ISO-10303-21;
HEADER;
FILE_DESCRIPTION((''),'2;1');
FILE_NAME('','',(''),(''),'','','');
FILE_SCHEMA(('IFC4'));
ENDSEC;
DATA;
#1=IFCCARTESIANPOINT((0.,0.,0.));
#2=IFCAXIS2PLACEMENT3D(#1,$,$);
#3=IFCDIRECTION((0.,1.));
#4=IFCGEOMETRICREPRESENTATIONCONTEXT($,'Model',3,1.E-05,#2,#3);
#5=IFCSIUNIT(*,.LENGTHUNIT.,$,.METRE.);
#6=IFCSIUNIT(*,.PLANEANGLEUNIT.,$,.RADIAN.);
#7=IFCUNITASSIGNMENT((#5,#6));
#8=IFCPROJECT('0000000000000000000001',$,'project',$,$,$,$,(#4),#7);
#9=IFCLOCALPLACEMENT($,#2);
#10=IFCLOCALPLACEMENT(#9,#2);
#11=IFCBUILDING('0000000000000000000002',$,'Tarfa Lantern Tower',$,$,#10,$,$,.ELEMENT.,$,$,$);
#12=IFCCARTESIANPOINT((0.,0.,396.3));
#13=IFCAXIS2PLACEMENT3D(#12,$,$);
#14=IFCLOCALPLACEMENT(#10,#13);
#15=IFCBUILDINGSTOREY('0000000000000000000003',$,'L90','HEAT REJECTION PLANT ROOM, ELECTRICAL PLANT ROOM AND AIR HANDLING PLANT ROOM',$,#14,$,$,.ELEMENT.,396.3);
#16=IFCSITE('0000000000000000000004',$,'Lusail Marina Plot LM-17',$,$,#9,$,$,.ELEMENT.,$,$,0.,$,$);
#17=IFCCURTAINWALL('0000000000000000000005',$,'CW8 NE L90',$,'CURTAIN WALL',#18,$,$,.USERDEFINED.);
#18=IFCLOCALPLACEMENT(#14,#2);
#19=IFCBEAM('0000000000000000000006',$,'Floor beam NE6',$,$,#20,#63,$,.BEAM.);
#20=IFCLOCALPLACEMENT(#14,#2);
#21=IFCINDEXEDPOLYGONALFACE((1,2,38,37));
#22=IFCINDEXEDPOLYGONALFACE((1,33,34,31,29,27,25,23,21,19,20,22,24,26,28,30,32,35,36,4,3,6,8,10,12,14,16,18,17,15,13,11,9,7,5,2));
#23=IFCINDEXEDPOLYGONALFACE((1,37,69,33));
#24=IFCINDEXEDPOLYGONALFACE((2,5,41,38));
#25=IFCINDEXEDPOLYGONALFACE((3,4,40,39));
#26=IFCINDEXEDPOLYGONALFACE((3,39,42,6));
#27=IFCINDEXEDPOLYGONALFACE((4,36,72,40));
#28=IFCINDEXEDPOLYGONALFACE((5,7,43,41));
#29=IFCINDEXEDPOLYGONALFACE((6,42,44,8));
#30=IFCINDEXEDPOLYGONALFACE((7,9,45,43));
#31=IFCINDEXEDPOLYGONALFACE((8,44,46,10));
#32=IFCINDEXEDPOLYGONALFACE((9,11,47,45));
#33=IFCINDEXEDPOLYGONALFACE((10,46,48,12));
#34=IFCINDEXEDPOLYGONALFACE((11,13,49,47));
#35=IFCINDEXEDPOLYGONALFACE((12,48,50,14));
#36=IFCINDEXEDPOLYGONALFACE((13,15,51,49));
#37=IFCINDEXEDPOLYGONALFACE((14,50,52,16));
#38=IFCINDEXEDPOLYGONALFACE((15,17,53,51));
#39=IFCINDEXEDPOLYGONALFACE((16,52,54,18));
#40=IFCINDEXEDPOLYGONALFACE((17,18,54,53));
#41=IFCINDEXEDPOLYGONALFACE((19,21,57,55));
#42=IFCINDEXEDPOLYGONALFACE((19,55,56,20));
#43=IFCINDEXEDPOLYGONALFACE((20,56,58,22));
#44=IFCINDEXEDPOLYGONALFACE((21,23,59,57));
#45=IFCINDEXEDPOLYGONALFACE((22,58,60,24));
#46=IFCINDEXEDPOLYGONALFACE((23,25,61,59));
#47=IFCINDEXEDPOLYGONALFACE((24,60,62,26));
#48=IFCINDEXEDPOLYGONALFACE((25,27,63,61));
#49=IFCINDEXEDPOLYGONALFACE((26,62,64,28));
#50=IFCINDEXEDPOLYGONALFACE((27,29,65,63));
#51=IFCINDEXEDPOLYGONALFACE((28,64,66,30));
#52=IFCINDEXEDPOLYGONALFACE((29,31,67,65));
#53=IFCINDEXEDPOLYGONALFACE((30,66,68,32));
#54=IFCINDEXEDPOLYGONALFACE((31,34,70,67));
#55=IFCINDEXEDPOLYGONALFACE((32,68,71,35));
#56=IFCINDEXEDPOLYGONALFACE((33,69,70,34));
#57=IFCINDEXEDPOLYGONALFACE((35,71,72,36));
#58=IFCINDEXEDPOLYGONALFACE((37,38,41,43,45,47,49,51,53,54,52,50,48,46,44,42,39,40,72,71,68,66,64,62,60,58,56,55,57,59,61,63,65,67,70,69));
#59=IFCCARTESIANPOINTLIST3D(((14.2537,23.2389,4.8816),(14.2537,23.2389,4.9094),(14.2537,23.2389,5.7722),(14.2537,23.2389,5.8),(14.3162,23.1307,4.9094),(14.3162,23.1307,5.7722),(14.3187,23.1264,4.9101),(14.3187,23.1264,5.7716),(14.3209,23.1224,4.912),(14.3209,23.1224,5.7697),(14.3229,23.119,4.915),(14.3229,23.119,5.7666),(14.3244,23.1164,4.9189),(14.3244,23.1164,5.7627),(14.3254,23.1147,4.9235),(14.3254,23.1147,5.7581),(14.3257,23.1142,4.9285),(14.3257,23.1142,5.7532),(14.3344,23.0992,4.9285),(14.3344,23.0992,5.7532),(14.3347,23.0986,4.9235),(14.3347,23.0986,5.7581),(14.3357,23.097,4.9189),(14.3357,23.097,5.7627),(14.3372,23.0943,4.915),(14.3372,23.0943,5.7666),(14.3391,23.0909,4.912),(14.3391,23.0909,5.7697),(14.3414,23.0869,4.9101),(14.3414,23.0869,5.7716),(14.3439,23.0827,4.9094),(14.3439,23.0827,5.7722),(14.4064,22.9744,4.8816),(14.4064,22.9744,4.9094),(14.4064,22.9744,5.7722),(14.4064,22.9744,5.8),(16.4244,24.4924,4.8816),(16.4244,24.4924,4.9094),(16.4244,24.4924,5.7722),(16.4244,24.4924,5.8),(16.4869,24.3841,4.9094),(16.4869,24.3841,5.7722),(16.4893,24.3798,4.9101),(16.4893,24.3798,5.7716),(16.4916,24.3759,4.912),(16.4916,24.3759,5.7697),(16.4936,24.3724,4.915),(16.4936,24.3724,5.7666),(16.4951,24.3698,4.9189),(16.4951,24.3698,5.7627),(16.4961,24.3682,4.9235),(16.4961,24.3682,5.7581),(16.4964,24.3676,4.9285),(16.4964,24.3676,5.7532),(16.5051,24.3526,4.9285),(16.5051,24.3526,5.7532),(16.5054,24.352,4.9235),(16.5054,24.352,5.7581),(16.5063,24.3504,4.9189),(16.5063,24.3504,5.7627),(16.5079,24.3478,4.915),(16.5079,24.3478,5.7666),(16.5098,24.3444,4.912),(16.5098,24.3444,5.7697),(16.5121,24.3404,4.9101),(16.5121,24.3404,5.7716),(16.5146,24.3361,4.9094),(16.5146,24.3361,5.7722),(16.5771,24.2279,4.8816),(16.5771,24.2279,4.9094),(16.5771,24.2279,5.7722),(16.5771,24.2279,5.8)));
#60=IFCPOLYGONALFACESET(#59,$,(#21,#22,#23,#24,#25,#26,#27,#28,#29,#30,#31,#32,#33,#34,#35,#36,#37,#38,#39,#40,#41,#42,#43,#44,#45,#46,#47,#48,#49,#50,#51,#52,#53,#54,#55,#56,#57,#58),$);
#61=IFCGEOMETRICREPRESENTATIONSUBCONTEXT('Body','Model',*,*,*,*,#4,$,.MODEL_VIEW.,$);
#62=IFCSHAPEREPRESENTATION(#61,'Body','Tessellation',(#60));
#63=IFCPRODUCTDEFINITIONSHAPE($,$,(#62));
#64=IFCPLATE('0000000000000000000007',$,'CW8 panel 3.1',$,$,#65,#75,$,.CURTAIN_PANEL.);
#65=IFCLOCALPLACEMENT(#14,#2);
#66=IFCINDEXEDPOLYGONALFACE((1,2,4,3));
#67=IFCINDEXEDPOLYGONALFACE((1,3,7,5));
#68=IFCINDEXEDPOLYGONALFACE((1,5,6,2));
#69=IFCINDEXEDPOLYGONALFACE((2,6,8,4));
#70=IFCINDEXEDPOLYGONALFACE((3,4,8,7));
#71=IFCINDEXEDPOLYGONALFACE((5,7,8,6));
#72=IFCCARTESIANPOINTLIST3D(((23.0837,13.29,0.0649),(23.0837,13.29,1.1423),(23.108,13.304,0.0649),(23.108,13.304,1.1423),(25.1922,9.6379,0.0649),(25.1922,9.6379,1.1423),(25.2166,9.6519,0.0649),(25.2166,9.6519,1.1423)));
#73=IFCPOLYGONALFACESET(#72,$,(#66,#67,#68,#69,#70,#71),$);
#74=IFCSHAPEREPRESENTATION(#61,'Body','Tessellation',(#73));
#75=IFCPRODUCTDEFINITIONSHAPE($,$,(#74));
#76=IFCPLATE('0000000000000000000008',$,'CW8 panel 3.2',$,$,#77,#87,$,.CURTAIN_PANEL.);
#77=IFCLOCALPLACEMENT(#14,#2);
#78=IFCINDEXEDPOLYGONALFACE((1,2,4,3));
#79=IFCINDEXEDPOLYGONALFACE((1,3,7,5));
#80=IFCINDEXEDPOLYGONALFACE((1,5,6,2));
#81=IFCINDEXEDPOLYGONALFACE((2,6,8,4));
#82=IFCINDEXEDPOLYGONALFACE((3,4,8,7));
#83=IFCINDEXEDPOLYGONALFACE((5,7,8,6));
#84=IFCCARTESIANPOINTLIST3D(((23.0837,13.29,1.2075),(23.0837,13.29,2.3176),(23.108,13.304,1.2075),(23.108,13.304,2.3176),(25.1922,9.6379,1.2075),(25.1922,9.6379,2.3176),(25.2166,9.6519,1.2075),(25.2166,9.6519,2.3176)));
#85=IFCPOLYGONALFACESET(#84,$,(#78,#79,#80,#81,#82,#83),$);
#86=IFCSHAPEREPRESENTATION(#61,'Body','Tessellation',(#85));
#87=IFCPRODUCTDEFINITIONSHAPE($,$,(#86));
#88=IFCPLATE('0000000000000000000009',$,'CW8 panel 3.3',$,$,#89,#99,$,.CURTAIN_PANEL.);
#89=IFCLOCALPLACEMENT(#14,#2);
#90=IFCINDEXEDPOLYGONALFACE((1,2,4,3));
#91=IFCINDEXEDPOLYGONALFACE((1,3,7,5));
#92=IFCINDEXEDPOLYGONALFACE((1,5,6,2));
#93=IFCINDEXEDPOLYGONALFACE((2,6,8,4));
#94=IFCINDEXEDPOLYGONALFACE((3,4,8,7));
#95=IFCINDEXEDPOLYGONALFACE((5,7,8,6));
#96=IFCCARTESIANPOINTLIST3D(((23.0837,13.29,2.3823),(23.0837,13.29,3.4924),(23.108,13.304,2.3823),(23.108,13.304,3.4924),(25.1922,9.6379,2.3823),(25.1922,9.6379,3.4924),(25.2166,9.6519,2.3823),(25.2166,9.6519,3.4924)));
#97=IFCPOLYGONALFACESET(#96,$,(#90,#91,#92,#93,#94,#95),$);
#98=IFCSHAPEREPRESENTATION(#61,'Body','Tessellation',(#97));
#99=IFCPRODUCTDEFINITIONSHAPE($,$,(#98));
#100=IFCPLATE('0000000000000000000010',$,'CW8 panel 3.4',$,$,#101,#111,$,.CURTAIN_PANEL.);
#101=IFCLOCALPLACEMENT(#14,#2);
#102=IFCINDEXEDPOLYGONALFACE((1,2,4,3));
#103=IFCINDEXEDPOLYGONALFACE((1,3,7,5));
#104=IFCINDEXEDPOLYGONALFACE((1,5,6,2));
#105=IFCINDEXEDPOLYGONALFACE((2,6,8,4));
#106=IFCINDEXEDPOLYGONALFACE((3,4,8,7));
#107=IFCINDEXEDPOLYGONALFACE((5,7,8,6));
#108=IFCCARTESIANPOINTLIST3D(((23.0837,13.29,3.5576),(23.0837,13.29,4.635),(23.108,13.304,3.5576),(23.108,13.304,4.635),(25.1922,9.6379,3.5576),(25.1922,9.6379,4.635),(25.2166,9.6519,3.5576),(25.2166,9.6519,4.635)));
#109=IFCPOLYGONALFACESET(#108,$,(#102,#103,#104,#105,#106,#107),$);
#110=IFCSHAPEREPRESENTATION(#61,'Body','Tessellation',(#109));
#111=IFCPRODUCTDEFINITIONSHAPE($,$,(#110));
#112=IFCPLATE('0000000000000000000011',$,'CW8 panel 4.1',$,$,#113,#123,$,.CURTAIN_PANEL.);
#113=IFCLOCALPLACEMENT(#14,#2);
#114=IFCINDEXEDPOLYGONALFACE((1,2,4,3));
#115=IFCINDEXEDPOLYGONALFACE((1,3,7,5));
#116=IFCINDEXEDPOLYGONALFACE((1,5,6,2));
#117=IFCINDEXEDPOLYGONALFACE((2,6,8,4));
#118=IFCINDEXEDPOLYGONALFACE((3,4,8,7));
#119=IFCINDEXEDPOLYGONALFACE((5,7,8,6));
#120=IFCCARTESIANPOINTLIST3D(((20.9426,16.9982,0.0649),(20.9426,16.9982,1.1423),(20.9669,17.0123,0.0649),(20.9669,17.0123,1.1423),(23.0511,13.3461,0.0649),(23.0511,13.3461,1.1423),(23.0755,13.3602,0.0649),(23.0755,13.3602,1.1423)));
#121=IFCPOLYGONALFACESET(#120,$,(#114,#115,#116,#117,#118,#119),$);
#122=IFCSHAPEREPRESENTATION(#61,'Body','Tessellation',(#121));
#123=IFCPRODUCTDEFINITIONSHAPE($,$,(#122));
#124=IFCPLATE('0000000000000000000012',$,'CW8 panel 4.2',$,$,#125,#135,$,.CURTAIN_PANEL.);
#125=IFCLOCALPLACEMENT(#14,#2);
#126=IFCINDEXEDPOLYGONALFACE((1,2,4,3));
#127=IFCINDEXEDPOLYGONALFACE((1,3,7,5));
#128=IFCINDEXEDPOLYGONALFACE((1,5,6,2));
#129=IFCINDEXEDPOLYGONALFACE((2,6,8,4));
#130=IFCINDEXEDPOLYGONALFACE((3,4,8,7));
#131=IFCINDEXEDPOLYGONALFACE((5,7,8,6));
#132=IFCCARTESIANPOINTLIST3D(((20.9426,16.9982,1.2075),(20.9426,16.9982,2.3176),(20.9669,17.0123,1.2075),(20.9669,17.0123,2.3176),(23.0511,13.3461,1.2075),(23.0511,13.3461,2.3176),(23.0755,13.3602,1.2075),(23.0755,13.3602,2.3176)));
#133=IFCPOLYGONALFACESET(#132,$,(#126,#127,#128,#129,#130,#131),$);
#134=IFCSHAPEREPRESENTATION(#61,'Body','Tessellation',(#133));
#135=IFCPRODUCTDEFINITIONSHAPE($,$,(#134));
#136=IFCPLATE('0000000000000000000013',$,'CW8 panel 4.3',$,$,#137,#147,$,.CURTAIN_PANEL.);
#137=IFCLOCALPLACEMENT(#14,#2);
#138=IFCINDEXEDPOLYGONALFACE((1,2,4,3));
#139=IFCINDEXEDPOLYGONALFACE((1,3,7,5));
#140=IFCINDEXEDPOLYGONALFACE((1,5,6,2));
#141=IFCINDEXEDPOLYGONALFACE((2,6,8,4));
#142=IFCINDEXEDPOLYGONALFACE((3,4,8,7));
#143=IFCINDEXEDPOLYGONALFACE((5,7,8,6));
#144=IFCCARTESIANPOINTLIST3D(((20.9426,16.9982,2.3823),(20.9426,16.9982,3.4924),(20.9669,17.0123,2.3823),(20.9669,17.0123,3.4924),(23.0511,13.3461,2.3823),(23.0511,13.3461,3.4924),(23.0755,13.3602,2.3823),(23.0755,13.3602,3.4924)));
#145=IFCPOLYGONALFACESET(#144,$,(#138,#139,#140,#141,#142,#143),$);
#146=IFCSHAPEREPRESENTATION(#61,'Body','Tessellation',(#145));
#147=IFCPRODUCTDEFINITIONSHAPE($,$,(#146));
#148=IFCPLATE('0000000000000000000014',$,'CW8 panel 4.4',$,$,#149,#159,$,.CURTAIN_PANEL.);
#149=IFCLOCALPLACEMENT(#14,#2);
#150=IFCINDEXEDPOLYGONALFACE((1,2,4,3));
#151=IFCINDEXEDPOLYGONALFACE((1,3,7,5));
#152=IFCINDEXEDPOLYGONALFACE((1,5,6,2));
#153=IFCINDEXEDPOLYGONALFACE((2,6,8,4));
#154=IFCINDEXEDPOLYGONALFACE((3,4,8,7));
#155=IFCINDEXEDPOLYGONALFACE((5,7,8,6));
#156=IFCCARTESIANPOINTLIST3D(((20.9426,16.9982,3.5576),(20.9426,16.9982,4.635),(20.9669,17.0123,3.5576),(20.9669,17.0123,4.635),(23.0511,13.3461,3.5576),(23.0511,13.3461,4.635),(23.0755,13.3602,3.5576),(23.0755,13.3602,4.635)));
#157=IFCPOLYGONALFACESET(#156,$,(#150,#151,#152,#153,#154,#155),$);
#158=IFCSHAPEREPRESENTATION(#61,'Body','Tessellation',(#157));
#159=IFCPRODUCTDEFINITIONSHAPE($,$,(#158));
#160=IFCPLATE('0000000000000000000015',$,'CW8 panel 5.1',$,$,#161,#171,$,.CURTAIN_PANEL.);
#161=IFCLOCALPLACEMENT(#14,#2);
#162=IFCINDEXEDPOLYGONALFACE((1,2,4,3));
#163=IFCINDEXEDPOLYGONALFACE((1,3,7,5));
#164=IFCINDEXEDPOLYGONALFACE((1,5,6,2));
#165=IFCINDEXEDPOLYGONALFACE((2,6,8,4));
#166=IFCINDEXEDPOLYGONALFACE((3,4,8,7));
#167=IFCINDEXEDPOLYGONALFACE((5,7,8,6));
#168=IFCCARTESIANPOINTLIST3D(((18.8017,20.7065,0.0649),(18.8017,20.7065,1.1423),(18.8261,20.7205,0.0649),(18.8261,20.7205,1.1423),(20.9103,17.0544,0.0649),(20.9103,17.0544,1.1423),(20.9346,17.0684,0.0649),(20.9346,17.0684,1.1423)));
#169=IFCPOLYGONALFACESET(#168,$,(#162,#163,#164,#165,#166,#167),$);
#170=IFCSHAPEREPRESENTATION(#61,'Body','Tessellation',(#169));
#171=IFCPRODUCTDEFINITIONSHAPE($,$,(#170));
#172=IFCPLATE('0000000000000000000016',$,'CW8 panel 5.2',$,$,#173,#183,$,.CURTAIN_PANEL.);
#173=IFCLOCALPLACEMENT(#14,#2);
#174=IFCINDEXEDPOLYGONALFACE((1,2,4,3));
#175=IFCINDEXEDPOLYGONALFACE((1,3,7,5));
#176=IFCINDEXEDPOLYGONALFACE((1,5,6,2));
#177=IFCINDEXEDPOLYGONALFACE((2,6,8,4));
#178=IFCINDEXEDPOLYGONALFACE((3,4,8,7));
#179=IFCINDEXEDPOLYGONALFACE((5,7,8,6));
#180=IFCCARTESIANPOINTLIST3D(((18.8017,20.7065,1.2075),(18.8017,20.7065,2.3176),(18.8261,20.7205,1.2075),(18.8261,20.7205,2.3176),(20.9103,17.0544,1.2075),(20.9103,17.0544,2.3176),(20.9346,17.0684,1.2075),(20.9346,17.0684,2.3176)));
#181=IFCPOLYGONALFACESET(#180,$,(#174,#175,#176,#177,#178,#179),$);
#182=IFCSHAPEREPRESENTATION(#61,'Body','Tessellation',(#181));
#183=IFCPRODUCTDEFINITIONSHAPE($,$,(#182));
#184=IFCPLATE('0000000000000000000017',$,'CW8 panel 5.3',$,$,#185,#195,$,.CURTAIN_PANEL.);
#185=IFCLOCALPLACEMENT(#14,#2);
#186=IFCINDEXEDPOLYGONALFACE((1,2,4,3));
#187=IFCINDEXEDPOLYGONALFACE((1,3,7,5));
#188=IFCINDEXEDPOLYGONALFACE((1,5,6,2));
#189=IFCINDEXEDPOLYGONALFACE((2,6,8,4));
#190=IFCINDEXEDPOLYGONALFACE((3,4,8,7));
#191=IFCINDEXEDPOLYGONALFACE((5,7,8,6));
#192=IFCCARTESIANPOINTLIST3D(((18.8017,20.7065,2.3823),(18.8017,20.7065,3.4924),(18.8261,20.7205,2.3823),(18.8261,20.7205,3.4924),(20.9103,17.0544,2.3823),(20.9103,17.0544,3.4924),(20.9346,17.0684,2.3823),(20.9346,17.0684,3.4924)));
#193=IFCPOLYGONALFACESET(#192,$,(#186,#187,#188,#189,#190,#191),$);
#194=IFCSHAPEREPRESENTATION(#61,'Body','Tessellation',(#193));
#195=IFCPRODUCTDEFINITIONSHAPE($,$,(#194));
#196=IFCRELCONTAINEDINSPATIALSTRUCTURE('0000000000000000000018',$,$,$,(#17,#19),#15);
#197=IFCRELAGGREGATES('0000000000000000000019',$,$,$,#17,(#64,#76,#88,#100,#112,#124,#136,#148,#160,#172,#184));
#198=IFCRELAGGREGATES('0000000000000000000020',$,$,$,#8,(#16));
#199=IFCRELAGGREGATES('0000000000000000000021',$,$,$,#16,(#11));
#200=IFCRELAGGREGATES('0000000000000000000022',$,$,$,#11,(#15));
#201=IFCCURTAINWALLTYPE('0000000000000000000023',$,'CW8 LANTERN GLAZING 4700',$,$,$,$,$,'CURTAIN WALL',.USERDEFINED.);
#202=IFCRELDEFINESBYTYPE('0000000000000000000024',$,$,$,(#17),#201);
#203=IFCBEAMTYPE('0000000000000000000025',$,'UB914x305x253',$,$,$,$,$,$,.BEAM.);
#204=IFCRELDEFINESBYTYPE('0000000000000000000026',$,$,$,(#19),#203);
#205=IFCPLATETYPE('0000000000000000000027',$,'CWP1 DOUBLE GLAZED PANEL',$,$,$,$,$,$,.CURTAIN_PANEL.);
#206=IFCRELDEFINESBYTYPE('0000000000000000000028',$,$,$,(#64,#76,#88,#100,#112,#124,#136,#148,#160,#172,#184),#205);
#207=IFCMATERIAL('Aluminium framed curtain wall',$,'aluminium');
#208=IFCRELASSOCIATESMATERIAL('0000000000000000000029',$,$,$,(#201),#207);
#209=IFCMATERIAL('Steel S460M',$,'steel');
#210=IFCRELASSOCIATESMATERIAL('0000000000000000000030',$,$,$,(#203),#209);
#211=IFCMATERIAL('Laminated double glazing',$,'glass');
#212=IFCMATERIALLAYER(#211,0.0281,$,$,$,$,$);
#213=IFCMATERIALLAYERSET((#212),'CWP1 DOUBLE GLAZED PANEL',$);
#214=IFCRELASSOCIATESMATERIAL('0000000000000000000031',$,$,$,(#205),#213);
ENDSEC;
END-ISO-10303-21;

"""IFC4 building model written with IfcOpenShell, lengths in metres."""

from ifc_helpers import new_model, si_unit, direction, frame, origin, origin_2d, place, context, subcontext, project, spatial, rectangle, i_section, extrude, material, layer, layer_set, material_profile, profile_set, type_object, element, aggregate, save


model = new_model("IFC4")

# Units and contexts
model_context = context("Model", 3, precision=1e-05, world=origin(), true_north=direction((0.0, 1.0)))
body_context = subcontext(model_context, "Body", "Model", "MODEL_VIEW")
ifc_project = project(units=[si_unit("LENGTHUNIT", "METRE"), si_unit("PLANEANGLEUNIT", "RADIAN")], contexts=[model_context])

# Site, building, storey
site_placement = place(None, origin())
site = spatial("IfcSite", under=ifc_project, at=site_placement, Name="Lusail Marina Plot LM-17", CompositionType="ELEMENT", RefElevation=0.0)
building_placement = place(site_placement, origin())
building = spatial("IfcBuilding", under=site, at=building_placement, Name="Tarfa Lantern Tower", CompositionType="ELEMENT")
storey_placement = place(building_placement, frame((0.0, 0.0, 396.3)))
storey = spatial("IfcBuildingStorey", under=building, at=storey_placement, Name="L90", Description="HEAT REJECTION PLANT ROOM, ELECTRICAL PLANT ROOM AND AIR HANDLING PLANT ROOM", CompositionType="ELEMENT", Elevation=396.3)

# Shared definitions
ifc_material_1 = material(Name="Aluminium framed curtain wall", Category="aluminium")
curtain_wall_type = type_object("IfcCurtainWallType", Name="CW8 LANTERN GLAZING 4700", ElementType="CURTAIN WALL", PredefinedType="USERDEFINED", material=ifc_material_1)

# Curtain wall
curtain_wall_1_placement = place(storey_placement, origin())
curtain_wall_1 = element("IfcCurtainWall", 1, at=curtain_wall_1_placement, inside=storey, type_object=curtain_wall_type, Name="CW8 NE L90", ObjectType="CURTAIN WALL", PredefinedType="USERDEFINED")

# Beam
ifc_material_2 = material(Name="Steel S460M", Category="steel")
ifc_material_profile_1 = material_profile(ifc_material_2, i_section(OverallWidth=0.3054, OverallDepth=0.9185, WebThickness=0.0173, FlangeThickness=0.0278, FilletRadius=0.019, at=origin_2d()), Name="UB914x305x253")
ifc_profile_set_1 = profile_set([ifc_material_profile_1], Name="Steel S460M")
beam_type_1 = type_object("IfcBeamType", Name="UB914x305x253", PredefinedType="BEAM", material=ifc_profile_set_1)
beam_1_placement = place(storey_placement, frame((16.5007, 24.3601, 5.3408), z_axis=(-0.865993, -0.500057, 0.0), x_axis=(0.500057, -0.865993, 0.0)))
element("IfcBeam", 2, at=beam_1_placement, inside=storey, type_object=beam_type_1, Name="Floor beam NE6", PredefinedType="BEAM", context=body_context, shape_type="SweptSolid", body=[
    extrude(i_section(OverallWidth=0.3054, OverallDepth=0.9185, WebThickness=0.0173, FlangeThickness=0.0278, FilletRadius=0.019, at=origin_2d()), origin(), (0.0, 0.0, 1.0), 2.5066),
])

# Plates
ifc_material_3 = material(Name="Laminated double glazing", Category="glass")
ifc_layer = layer(ifc_material_3, 0.0281)
ifc_layer_set = layer_set([ifc_layer], Name="CWP1 DOUBLE GLAZED PANEL")
plate_type = type_object("IfcPlateType", Name="CWP1 DOUBLE GLAZED PANEL", PredefinedType="CURTAIN_PANEL", material=ifc_layer_set)
plate_1_placement = place(storey_placement, frame((24.1501, 11.4709, 0.0649), z_axis=(0.0, 0.0, 1.0), x_axis=(-0.5, 0.866025, 0.0)))
plate_1 = element("IfcPlate", 3, at=plate_1_placement, type_object=plate_type, Name="CW8 panel 3.1", PredefinedType="CURTAIN_PANEL", context=body_context, shape_type="SweptSolid", body=[
    extrude(rectangle(XDim=4.217, YDim=0.0281, at=origin_2d()), origin(), (0.0, 0.0, 1.0), 1.0774),
])
plate_2_placement = place(storey_placement, frame((24.1501, 11.4709, 1.2075), z_axis=(0.0, 0.0, 1.0), x_axis=(-0.5, 0.866025, 0.0)))
plate_2 = element("IfcPlate", 4, at=plate_2_placement, type_object=plate_type, Name="CW8 panel 3.2", PredefinedType="CURTAIN_PANEL", context=body_context, shape_type="SweptSolid", body=[
    extrude(rectangle(XDim=4.217, YDim=0.0281, at=origin_2d()), origin(), (0.0, 0.0, 1.0), 1.1101),
])
plate_3_placement = place(storey_placement, frame((24.1501, 11.4709, 2.3823), z_axis=(0.0, 0.0, 1.0), x_axis=(-0.5, 0.866025, 0.0)))
plate_3 = element("IfcPlate", 5, at=plate_3_placement, type_object=plate_type, Name="CW8 panel 3.3", PredefinedType="CURTAIN_PANEL", context=body_context, shape_type="SweptSolid", body=[
    extrude(rectangle(XDim=4.217, YDim=0.0281, at=origin_2d()), origin(), (0.0, 0.0, 1.0), 1.1101),
])
plate_4_placement = place(storey_placement, frame((24.1501, 11.4709, 3.5576), z_axis=(0.0, 0.0, 1.0), x_axis=(-0.5, 0.866025, 0.0)))
plate_4 = element("IfcPlate", 6, at=plate_4_placement, type_object=plate_type, Name="CW8 panel 3.4", PredefinedType="CURTAIN_PANEL", context=body_context, shape_type="SweptSolid", body=[
    extrude(rectangle(XDim=4.217, YDim=0.0281, at=origin_2d()), origin(), (0.0, 0.0, 1.0), 1.0774),
])
plate_5_placement = place(storey_placement, frame((22.009, 15.1792, 0.0649), z_axis=(0.0, 0.0, 1.0), x_axis=(-0.5, 0.866025, 0.0)))
plate_5 = element("IfcPlate", 7, at=plate_5_placement, type_object=plate_type, Name="CW8 panel 4.1", PredefinedType="CURTAIN_PANEL", context=body_context, shape_type="SweptSolid", body=[
    extrude(rectangle(XDim=4.217, YDim=0.0281, at=origin_2d()), origin(), (0.0, 0.0, 1.0), 1.0774),
])
plate_6_placement = place(storey_placement, frame((22.009, 15.1792, 1.2075), z_axis=(0.0, 0.0, 1.0), x_axis=(-0.5, 0.866025, 0.0)))
plate_6 = element("IfcPlate", 8, at=plate_6_placement, type_object=plate_type, Name="CW8 panel 4.2", PredefinedType="CURTAIN_PANEL", context=body_context, shape_type="SweptSolid", body=[
    extrude(rectangle(XDim=4.217, YDim=0.0281, at=origin_2d()), origin(), (0.0, 0.0, 1.0), 1.1101),
])
plate_7_placement = place(storey_placement, frame((22.009, 15.1792, 2.3823), z_axis=(0.0, 0.0, 1.0), x_axis=(-0.5, 0.866025, 0.0)))
plate_7 = element("IfcPlate", 9, at=plate_7_placement, type_object=plate_type, Name="CW8 panel 4.3", PredefinedType="CURTAIN_PANEL", context=body_context, shape_type="SweptSolid", body=[
    extrude(rectangle(XDim=4.217, YDim=0.0281, at=origin_2d()), origin(), (0.0, 0.0, 1.0), 1.1101),
])
plate_8_placement = place(storey_placement, frame((22.009, 15.1792, 3.5576), z_axis=(0.0, 0.0, 1.0), x_axis=(-0.5, 0.866025, 0.0)))
plate_8 = element("IfcPlate", 10, at=plate_8_placement, type_object=plate_type, Name="CW8 panel 4.4", PredefinedType="CURTAIN_PANEL", context=body_context, shape_type="SweptSolid", body=[
    extrude(rectangle(XDim=4.217, YDim=0.0281, at=origin_2d()), origin(), (0.0, 0.0, 1.0), 1.0774),
])
plate_9_placement = place(storey_placement, frame((19.8682, 18.8875, 0.0649), z_axis=(0.0, 0.0, 1.0), x_axis=(-0.5, 0.866025, 0.0)))
plate_9 = element("IfcPlate", 11, at=plate_9_placement, type_object=plate_type, Name="CW8 panel 5.1", PredefinedType="CURTAIN_PANEL", context=body_context, shape_type="SweptSolid", body=[
    extrude(rectangle(XDim=4.217, YDim=0.0281, at=origin_2d()), origin(), (0.0, 0.0, 1.0), 1.0774),
])
plate_10_placement = place(storey_placement, frame((19.8682, 18.8875, 1.2075), z_axis=(0.0, 0.0, 1.0), x_axis=(-0.5, 0.866025, 0.0)))
plate_10 = element("IfcPlate", 12, at=plate_10_placement, type_object=plate_type, Name="CW8 panel 5.2", PredefinedType="CURTAIN_PANEL", context=body_context, shape_type="SweptSolid", body=[
    extrude(rectangle(XDim=4.217, YDim=0.0281, at=origin_2d()), origin(), (0.0, 0.0, 1.0), 1.1101),
])
plate_11_placement = place(storey_placement, frame((19.8682, 18.8875, 2.3823), z_axis=(0.0, 0.0, 1.0), x_axis=(-0.5, 0.866025, 0.0)))
plate_11 = element("IfcPlate", 13, at=plate_11_placement, type_object=plate_type, Name="CW8 panel 5.3", PredefinedType="CURTAIN_PANEL", context=body_context, shape_type="SweptSolid", body=[
    extrude(rectangle(XDim=4.217, YDim=0.0281, at=origin_2d()), origin(), (0.0, 0.0, 1.0), 1.1101),
])
aggregate(curtain_wall_1, [plate_1, plate_2, plate_3, plate_4, plate_5, plate_6, plate_7, plate_8, plate_9, plate_10, plate_11])

save(model, "model.ifc")
